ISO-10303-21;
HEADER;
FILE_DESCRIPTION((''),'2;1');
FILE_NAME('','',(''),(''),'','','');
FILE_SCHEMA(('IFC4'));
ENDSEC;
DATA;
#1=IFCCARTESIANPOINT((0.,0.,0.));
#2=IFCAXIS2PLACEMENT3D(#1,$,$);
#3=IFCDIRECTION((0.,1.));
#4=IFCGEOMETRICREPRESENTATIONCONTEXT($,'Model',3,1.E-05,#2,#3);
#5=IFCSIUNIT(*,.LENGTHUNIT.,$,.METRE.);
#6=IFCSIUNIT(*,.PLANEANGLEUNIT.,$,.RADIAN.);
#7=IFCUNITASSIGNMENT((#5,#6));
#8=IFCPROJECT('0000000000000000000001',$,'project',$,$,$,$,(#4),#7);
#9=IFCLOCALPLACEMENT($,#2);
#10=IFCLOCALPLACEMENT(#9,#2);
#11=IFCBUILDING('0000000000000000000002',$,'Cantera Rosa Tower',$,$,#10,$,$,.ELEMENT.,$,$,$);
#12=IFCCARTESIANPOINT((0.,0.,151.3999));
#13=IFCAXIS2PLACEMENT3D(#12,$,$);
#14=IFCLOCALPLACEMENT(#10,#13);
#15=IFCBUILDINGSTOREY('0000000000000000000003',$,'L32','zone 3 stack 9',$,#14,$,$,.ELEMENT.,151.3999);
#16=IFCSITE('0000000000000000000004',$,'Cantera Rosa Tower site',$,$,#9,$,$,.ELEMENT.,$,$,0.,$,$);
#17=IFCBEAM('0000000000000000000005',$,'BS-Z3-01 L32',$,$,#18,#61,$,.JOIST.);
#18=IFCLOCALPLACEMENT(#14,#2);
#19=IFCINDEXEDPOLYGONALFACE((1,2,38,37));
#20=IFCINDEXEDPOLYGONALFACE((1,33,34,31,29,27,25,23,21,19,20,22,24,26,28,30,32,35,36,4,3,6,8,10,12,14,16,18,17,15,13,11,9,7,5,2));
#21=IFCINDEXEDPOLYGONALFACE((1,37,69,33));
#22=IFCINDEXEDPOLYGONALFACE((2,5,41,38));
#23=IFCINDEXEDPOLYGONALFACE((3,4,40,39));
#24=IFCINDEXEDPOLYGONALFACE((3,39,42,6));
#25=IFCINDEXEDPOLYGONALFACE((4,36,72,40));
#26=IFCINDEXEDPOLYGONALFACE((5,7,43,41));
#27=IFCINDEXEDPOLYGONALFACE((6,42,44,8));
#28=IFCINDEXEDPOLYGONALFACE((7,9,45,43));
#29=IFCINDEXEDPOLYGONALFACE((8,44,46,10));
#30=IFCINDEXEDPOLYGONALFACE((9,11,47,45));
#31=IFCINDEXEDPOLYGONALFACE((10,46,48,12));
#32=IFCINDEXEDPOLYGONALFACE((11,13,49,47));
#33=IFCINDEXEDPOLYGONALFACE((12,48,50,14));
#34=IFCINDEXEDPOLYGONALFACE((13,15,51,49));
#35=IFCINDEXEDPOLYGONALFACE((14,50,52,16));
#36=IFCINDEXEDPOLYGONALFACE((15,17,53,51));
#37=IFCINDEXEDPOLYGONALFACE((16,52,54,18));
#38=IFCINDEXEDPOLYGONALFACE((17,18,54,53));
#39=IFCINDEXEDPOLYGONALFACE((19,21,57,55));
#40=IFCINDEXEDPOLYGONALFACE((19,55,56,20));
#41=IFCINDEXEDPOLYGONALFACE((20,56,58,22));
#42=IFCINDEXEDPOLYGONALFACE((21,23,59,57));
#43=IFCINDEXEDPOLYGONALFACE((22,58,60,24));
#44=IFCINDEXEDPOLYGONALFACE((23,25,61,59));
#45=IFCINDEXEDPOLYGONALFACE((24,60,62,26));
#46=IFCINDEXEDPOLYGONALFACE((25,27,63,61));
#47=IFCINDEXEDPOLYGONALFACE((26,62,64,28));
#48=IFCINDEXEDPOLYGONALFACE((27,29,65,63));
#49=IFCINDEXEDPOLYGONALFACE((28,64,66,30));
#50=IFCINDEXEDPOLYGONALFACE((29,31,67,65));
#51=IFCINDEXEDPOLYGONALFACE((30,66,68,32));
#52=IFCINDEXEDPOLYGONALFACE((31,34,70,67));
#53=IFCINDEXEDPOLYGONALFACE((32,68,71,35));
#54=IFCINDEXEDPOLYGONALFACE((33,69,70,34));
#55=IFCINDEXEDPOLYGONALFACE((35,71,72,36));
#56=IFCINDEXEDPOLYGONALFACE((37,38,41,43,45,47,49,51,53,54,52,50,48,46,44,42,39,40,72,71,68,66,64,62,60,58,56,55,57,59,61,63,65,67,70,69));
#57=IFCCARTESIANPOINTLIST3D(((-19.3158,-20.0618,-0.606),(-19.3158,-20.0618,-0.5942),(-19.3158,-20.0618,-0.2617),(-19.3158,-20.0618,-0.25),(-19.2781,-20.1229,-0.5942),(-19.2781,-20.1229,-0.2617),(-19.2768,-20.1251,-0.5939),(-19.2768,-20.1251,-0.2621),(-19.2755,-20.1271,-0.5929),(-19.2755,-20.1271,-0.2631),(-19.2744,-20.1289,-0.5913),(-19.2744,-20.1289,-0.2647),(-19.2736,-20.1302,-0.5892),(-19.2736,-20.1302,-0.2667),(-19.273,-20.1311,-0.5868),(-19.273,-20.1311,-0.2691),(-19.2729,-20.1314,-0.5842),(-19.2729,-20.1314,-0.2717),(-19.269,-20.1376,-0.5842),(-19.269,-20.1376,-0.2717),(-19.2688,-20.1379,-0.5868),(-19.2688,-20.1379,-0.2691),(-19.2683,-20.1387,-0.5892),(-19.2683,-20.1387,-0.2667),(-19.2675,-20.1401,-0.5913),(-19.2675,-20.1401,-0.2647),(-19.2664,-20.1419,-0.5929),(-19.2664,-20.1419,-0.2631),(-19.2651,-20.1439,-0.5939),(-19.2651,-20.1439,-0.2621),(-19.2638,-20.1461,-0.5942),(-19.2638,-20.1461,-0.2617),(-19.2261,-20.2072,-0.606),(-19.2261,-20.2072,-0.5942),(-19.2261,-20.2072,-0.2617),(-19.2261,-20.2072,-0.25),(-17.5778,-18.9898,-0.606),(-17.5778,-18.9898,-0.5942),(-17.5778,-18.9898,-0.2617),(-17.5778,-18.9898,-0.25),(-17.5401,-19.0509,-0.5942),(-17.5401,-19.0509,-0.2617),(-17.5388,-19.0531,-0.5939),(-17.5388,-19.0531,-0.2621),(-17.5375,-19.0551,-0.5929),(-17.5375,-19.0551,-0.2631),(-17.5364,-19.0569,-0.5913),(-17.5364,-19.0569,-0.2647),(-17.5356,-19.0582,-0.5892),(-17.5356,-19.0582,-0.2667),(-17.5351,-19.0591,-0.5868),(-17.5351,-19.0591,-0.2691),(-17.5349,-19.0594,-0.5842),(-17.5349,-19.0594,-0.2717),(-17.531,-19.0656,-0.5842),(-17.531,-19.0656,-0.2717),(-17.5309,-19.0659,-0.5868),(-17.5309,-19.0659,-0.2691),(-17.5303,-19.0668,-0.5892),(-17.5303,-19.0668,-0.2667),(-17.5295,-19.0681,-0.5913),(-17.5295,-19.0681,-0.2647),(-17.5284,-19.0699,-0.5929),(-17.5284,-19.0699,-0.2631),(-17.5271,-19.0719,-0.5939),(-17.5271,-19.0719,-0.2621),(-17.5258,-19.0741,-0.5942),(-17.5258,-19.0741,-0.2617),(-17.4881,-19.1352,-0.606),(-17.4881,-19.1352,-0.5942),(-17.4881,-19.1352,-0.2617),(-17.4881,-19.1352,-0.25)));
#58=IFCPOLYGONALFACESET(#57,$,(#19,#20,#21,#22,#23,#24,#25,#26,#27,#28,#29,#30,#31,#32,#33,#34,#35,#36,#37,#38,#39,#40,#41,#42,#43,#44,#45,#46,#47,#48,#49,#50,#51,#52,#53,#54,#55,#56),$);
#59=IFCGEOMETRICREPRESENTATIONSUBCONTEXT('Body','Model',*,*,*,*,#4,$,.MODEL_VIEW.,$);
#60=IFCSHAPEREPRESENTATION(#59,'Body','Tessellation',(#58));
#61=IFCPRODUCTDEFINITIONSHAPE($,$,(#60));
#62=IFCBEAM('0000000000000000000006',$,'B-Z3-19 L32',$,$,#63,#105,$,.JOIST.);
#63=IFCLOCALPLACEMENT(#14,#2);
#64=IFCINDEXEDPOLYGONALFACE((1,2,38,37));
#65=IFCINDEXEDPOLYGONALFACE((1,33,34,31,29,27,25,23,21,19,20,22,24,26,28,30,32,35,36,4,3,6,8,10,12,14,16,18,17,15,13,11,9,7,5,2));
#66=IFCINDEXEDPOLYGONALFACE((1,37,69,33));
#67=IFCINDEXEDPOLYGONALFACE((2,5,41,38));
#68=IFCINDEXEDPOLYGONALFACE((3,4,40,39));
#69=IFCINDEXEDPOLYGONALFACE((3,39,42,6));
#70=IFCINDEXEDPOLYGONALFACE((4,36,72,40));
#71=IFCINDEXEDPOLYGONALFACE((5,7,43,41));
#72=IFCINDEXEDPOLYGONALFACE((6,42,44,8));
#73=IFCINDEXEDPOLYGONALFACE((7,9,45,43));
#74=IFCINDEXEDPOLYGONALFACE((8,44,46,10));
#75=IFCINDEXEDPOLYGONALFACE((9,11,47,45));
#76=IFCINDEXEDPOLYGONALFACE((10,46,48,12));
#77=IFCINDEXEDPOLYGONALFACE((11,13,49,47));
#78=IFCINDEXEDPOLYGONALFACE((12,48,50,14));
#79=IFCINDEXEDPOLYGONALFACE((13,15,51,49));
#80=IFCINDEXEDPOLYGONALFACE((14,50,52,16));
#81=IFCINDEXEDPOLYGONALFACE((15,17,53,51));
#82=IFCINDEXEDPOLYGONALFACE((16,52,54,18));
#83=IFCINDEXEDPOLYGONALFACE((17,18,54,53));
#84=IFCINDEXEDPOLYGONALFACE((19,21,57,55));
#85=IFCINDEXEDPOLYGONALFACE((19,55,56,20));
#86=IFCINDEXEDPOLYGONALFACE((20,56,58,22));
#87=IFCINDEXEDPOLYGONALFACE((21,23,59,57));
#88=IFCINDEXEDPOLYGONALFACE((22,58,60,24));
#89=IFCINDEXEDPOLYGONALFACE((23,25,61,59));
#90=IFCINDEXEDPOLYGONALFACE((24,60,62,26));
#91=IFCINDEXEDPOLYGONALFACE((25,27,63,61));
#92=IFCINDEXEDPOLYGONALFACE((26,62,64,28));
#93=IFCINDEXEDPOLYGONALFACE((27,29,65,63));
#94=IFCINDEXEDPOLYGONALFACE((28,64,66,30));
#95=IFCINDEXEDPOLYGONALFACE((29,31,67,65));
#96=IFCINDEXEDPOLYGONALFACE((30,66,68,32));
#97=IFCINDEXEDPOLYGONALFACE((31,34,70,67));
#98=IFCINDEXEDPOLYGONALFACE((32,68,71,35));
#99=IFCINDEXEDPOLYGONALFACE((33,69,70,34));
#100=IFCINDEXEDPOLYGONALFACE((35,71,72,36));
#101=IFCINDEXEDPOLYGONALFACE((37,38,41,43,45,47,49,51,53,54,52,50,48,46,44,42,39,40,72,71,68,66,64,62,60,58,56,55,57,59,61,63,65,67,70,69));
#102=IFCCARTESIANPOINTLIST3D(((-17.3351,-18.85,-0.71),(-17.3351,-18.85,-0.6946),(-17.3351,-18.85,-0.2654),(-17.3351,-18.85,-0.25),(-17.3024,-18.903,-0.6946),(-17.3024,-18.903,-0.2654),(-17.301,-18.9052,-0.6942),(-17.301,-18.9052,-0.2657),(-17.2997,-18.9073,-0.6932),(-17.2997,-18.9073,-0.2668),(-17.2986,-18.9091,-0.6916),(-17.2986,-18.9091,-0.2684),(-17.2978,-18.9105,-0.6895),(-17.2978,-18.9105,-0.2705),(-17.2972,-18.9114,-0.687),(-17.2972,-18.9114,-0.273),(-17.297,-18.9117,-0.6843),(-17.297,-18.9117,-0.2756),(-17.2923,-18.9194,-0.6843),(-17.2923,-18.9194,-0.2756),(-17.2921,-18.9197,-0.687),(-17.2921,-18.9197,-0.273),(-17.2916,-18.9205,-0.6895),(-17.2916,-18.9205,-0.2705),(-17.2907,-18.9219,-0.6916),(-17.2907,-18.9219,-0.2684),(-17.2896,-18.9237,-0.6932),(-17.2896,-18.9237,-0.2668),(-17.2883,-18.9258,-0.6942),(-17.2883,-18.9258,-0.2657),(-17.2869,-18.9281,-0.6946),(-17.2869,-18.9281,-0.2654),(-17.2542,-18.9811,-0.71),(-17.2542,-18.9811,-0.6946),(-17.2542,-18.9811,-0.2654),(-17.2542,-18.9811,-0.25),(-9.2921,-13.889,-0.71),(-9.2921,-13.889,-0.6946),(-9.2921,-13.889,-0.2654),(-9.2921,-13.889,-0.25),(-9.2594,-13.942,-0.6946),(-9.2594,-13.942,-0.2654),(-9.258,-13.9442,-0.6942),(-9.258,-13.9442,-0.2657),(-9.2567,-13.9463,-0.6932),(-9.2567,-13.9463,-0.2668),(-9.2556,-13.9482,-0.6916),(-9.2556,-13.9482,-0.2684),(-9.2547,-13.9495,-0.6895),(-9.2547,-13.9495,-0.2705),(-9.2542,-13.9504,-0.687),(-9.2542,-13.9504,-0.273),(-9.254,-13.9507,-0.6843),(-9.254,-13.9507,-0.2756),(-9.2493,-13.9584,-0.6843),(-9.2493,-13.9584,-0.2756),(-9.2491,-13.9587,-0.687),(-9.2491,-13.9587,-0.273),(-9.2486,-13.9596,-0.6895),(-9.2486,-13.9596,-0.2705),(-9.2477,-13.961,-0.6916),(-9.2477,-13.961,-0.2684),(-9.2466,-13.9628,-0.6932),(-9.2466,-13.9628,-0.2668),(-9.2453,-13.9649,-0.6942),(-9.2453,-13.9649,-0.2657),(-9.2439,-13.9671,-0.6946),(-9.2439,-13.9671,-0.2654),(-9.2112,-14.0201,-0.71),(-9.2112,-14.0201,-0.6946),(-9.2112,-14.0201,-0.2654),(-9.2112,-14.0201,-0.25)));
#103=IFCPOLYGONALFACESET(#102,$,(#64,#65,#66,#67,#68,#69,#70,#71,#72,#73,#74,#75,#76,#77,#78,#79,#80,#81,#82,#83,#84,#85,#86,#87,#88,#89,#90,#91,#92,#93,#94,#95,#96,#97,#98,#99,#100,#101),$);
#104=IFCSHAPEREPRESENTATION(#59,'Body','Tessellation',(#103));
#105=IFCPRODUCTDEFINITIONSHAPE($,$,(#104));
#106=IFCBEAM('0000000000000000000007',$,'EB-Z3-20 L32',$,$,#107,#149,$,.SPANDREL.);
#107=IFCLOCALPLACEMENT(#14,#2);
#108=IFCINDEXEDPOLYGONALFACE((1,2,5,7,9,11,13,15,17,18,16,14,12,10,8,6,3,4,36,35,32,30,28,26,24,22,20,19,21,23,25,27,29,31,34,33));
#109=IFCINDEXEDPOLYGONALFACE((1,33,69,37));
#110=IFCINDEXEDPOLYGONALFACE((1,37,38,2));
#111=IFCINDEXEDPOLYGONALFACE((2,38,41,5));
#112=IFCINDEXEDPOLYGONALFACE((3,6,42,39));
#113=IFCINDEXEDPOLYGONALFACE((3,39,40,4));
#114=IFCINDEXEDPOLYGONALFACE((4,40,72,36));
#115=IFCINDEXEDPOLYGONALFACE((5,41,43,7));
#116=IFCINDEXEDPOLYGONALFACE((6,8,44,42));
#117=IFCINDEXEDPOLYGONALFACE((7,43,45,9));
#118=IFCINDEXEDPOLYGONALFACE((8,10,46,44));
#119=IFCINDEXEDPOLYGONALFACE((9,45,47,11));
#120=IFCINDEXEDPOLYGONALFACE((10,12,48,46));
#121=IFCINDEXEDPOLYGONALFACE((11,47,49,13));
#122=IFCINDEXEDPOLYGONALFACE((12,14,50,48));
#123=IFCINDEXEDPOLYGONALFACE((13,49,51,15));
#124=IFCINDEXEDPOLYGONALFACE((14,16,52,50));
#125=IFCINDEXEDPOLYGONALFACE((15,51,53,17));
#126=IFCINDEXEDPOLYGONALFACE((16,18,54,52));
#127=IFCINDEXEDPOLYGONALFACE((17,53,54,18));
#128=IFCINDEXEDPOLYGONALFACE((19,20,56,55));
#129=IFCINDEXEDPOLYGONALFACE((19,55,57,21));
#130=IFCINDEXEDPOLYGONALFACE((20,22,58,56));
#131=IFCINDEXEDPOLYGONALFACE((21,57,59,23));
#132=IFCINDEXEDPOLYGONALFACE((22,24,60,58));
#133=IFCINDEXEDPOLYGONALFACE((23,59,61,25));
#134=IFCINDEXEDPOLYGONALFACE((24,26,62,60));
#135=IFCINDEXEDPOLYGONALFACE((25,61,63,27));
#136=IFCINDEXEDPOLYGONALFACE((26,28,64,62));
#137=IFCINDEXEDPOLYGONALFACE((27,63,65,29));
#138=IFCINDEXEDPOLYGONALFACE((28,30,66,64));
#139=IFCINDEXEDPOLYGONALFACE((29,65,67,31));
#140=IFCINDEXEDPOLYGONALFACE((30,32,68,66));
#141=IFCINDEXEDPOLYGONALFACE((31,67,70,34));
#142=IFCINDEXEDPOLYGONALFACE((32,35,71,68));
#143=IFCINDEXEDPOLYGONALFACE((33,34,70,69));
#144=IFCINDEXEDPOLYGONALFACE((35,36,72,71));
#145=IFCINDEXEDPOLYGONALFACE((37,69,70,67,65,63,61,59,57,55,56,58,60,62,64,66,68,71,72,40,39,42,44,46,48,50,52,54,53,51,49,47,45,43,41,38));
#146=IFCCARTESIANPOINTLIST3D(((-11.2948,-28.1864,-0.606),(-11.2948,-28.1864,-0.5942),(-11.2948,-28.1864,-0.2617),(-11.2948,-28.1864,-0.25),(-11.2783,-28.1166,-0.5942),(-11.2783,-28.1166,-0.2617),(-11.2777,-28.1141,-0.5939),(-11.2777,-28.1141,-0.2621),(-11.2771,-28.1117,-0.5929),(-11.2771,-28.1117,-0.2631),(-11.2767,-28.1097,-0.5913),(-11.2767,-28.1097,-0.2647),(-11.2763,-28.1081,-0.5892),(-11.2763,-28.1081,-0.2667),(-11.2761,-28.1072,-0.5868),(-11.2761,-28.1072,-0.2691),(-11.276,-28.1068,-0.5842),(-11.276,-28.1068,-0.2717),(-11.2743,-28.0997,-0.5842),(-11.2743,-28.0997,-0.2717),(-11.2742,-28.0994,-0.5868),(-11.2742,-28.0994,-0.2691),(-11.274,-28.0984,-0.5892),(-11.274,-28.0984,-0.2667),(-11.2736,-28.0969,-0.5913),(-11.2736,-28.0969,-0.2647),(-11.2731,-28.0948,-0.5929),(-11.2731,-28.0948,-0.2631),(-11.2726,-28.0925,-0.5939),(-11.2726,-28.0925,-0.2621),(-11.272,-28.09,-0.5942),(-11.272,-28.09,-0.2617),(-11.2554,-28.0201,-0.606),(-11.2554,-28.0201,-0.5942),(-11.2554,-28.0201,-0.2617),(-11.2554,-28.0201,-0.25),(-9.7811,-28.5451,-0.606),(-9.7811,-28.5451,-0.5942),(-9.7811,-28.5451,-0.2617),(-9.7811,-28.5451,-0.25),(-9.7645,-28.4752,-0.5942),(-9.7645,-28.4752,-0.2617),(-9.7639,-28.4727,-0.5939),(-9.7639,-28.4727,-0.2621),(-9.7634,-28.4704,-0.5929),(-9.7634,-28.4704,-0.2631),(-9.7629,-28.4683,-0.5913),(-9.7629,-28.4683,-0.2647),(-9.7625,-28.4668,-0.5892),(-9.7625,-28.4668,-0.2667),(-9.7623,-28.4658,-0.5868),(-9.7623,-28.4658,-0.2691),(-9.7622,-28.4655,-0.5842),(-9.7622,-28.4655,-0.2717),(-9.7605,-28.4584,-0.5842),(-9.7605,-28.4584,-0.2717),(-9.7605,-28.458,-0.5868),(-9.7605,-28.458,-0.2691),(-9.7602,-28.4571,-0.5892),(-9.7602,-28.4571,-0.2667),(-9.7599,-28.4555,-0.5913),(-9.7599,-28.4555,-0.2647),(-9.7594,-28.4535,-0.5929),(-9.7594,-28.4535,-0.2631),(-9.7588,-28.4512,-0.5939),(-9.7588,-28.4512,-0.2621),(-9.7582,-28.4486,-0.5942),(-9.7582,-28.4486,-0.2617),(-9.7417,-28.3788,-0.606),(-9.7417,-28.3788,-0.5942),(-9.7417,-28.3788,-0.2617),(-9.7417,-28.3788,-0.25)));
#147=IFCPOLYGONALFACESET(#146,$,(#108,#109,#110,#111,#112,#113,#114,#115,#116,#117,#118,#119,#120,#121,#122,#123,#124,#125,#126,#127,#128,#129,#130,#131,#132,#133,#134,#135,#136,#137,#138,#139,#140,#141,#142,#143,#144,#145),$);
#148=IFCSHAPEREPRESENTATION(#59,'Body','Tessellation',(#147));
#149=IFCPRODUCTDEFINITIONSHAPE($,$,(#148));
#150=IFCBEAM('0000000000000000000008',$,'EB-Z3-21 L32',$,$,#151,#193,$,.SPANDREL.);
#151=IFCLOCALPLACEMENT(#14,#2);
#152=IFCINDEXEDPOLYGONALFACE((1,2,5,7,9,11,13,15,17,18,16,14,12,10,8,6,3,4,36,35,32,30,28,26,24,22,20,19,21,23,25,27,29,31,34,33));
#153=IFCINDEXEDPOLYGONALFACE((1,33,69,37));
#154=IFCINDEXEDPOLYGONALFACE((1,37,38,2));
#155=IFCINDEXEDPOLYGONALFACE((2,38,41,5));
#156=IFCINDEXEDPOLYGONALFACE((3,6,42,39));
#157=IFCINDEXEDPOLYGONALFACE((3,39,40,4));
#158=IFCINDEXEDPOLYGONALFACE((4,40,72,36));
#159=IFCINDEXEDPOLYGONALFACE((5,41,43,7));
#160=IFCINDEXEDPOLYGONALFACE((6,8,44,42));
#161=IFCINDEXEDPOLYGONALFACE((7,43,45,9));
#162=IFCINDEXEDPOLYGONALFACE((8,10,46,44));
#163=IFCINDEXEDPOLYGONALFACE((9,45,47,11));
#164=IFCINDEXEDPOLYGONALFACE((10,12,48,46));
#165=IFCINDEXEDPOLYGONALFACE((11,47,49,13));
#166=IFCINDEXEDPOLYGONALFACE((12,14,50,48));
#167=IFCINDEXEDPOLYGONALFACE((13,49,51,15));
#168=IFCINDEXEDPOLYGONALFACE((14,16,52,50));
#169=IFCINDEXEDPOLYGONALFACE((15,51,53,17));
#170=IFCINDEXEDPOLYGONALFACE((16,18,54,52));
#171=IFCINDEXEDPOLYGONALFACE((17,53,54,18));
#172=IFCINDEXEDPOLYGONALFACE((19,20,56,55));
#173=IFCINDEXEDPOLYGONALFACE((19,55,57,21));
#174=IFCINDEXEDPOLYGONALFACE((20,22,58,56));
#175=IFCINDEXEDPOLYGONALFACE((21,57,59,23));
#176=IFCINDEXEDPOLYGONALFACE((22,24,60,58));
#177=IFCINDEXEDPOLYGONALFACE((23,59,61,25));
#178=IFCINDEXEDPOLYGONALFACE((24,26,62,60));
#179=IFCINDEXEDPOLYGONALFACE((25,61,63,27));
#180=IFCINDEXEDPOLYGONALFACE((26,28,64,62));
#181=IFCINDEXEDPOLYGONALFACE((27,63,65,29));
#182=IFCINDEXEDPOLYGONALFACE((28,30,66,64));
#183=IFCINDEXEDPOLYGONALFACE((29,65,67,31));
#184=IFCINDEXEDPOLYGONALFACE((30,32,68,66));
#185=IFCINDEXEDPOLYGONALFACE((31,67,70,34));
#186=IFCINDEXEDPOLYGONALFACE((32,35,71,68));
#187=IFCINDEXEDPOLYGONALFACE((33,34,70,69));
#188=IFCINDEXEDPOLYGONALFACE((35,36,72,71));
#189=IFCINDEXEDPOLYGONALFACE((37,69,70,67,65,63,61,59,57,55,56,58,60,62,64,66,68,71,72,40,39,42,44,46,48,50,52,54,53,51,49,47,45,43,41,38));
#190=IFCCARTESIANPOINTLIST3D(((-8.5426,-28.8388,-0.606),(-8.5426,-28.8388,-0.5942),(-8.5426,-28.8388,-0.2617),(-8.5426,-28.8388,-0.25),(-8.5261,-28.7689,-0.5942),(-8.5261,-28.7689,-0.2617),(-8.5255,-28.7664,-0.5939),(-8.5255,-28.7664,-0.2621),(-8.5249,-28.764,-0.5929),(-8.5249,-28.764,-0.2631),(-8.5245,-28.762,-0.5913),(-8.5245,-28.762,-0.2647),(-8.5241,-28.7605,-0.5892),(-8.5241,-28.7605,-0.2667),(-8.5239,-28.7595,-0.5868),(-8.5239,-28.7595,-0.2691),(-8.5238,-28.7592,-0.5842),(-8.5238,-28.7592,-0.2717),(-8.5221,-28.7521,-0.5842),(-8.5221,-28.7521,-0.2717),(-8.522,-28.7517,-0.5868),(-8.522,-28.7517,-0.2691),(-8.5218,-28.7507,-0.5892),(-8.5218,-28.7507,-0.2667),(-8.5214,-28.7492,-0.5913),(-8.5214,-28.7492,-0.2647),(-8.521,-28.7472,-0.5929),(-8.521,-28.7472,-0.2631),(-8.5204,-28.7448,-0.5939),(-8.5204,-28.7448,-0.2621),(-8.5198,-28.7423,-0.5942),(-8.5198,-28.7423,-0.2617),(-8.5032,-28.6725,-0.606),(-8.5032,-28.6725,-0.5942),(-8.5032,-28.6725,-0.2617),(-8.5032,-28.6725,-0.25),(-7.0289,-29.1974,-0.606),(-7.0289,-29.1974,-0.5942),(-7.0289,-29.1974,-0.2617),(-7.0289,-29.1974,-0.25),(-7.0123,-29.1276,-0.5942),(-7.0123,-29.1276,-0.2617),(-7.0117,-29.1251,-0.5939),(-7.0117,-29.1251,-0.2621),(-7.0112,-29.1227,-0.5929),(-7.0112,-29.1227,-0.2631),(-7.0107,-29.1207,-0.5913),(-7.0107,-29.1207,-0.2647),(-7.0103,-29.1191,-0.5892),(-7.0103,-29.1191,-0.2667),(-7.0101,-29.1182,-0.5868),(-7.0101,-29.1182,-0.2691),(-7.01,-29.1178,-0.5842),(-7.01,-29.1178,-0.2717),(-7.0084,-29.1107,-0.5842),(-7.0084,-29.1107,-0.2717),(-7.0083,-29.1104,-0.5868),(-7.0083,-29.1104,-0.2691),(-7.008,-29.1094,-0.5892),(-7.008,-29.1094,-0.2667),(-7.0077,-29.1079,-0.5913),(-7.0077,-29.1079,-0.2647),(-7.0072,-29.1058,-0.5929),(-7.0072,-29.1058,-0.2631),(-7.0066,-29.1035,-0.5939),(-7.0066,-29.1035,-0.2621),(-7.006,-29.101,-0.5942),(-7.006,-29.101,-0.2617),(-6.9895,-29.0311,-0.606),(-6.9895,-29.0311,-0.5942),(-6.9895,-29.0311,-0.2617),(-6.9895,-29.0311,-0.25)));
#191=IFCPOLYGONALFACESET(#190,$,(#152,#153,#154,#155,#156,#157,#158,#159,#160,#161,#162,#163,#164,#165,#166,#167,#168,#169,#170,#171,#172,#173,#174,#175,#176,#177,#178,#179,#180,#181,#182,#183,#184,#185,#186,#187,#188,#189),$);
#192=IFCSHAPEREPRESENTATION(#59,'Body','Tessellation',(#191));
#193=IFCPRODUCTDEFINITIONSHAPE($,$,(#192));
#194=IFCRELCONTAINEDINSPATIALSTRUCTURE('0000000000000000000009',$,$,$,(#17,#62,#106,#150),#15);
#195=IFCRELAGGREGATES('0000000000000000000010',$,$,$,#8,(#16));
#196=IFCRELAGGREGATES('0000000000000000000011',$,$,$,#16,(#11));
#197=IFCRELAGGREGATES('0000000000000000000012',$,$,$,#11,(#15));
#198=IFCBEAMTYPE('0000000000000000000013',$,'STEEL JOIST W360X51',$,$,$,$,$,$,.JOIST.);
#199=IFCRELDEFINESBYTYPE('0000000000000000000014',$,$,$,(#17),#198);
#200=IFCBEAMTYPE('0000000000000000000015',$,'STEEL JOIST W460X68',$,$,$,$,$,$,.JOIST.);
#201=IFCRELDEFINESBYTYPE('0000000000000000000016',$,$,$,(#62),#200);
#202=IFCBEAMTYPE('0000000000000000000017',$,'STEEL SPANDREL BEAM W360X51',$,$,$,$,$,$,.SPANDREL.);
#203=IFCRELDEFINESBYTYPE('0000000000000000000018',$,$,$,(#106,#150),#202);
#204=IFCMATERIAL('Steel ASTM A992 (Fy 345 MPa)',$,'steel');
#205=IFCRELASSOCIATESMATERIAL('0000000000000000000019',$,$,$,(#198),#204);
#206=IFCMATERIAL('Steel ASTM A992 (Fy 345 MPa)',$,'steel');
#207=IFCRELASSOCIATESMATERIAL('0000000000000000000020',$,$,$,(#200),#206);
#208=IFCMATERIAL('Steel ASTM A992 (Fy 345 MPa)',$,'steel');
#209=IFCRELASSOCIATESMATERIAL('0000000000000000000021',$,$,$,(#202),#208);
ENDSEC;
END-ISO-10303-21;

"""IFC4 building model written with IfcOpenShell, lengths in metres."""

from ifc_helpers import new_model, si_unit, direction, frame, origin, origin_2d, place, context, subcontext, project, spatial, i_section, extrude, material, material_profile, profile_set, type_object, element, save


model = new_model("IFC4")

# Units and contexts
model_context = context("Model", 3, precision=1e-05, world=origin(), true_north=direction((0.0, 1.0)))
body_context = subcontext(model_context, "Body", "Model", "MODEL_VIEW")
ifc_project = project(units=[si_unit("LENGTHUNIT", "METRE"), si_unit("PLANEANGLEUNIT", "RADIAN")], contexts=[model_context])

# Site, building, storey
site_placement = place(None, origin())
site = spatial("IfcSite", under=ifc_project, at=site_placement, Name="Cantera Rosa Tower site", CompositionType="ELEMENT", RefElevation=0.0)
building_placement = place(site_placement, origin())
building = spatial("IfcBuilding", under=site, at=building_placement, Name="Cantera Rosa Tower", CompositionType="ELEMENT")
storey_placement = place(building_placement, frame((0.0, 0.0, 151.3999)))
storey = spatial("IfcBuildingStorey", under=building, at=storey_placement, Name="L32", Description="zone 3 stack 9", CompositionType="ELEMENT", Elevation=151.3999)

# Beams
ifc_material_1 = material(Name="Steel ASTM A992 (Fy 345 MPa)", Category="steel")
ifc_material_profile_1 = material_profile(ifc_material_1, i_section(OverallWidth=0.1709, OverallDepth=0.356, WebThickness=0.0073, FlangeThickness=0.0117, FilletRadius=0.01, at=origin_2d()), Name="W360X51")
ifc_profile_set_1 = profile_set([ifc_material_profile_1], Name="Steel ASTM A992 (Fy 345 MPa)")
beam_type_1 = type_object("IfcBeamType", Name="STEEL JOIST W360X51", PredefinedType="JOIST", material=ifc_profile_set_1)
beam_1_placement = place(storey_placement, frame((-17.533, -19.0625, -0.428), z_axis=(-0.85112, -0.524971, 0.0), x_axis=(0.524971, -0.85112, 0.0)))
element("IfcBeam", 1, at=beam_1_placement, inside=storey, type_object=beam_type_1, Name="BS-Z3-01 L32", PredefinedType="JOIST", context=body_context, shape_type="SweptSolid", body=[
    extrude(i_section(OverallWidth=0.1709, OverallDepth=0.356, WebThickness=0.0073, FlangeThickness=0.0117, FilletRadius=0.01, at=origin_2d()), origin(), (0.0, 0.0, 1.0), 2.042),
])
ifc_material_2 = material(Name="Steel ASTM A992 (Fy 345 MPa)", Category="steel")
ifc_material_profile_2 = material_profile(ifc_material_2, i_section(OverallWidth=0.1541, OverallDepth=0.46, WebThickness=0.009, FlangeThickness=0.0154, FilletRadius=0.0103, at=origin_2d()), Name="W460X68")
ifc_profile_set_2 = profile_set([ifc_material_profile_2], Name="Steel ASTM A992 (Fy 345 MPa)")
beam_type_2 = type_object("IfcBeamType", Name="STEEL JOIST W460X68", PredefinedType="JOIST", material=ifc_profile_set_2)
beam_2_placement = place(storey_placement, frame((-17.2947, -18.9155, -0.48), z_axis=(0.851119, 0.524974, 0.0), x_axis=(-0.524974, 0.851119, 0.0)))
element("IfcBeam", 2, at=beam_2_placement, inside=storey, type_object=beam_type_2, Name="B-Z3-19 L32", PredefinedType="JOIST", context=body_context, shape_type="SweptSolid", body=[
    extrude(i_section(OverallWidth=0.1541, OverallDepth=0.46, WebThickness=0.009, FlangeThickness=0.0154, FilletRadius=0.0103, at=origin_2d()), origin(), (0.0, 0.0, 1.0), 9.45),
])
ifc_material_3 = material(Name="Steel ASTM A992 (Fy 345 MPa)", Category="steel")
ifc_material_profile_3 = material_profile(ifc_material_3, i_section(OverallWidth=0.1709, OverallDepth=0.356, WebThickness=0.0073, FlangeThickness=0.0117, FilletRadius=0.01, at=origin_2d()), Name="W360X51")
ifc_profile_set_3 = profile_set([ifc_material_profile_3], Name="Steel ASTM A992 (Fy 345 MPa)")
beam_type_3 = type_object("IfcBeamType", Name="STEEL SPANDREL BEAM W360X51", PredefinedType="SPANDREL", material=ifc_profile_set_3)
for number, where, z_axis, x_axis, name in (
    (3, (-11.2751, -28.1033, -0.428), (0.97306, -0.230552, 0.0), (0.230552, 0.97306, 0.0), "EB-Z3-20 L32"),
    (4, (-8.5229, -28.7556, -0.428), (0.97306, -0.230552, 0.0), (0.230552, 0.97306, 0.0), "EB-Z3-21 L32"),
):
    element("IfcBeam", number, at=place(storey_placement, frame(where, z_axis=z_axis, x_axis=x_axis)), inside=storey, type_object=beam_type_3, Name=name, PredefinedType="SPANDREL", context=body_context, shape_type="SweptSolid", body=[
        extrude(i_section(OverallWidth=0.1709, OverallDepth=0.356, WebThickness=0.0073, FlangeThickness=0.0117, FilletRadius=0.01, at=origin_2d()), origin(), (0.0, 0.0, 1.0), 1.5557),
    ])

save(model, "model.ifc")
